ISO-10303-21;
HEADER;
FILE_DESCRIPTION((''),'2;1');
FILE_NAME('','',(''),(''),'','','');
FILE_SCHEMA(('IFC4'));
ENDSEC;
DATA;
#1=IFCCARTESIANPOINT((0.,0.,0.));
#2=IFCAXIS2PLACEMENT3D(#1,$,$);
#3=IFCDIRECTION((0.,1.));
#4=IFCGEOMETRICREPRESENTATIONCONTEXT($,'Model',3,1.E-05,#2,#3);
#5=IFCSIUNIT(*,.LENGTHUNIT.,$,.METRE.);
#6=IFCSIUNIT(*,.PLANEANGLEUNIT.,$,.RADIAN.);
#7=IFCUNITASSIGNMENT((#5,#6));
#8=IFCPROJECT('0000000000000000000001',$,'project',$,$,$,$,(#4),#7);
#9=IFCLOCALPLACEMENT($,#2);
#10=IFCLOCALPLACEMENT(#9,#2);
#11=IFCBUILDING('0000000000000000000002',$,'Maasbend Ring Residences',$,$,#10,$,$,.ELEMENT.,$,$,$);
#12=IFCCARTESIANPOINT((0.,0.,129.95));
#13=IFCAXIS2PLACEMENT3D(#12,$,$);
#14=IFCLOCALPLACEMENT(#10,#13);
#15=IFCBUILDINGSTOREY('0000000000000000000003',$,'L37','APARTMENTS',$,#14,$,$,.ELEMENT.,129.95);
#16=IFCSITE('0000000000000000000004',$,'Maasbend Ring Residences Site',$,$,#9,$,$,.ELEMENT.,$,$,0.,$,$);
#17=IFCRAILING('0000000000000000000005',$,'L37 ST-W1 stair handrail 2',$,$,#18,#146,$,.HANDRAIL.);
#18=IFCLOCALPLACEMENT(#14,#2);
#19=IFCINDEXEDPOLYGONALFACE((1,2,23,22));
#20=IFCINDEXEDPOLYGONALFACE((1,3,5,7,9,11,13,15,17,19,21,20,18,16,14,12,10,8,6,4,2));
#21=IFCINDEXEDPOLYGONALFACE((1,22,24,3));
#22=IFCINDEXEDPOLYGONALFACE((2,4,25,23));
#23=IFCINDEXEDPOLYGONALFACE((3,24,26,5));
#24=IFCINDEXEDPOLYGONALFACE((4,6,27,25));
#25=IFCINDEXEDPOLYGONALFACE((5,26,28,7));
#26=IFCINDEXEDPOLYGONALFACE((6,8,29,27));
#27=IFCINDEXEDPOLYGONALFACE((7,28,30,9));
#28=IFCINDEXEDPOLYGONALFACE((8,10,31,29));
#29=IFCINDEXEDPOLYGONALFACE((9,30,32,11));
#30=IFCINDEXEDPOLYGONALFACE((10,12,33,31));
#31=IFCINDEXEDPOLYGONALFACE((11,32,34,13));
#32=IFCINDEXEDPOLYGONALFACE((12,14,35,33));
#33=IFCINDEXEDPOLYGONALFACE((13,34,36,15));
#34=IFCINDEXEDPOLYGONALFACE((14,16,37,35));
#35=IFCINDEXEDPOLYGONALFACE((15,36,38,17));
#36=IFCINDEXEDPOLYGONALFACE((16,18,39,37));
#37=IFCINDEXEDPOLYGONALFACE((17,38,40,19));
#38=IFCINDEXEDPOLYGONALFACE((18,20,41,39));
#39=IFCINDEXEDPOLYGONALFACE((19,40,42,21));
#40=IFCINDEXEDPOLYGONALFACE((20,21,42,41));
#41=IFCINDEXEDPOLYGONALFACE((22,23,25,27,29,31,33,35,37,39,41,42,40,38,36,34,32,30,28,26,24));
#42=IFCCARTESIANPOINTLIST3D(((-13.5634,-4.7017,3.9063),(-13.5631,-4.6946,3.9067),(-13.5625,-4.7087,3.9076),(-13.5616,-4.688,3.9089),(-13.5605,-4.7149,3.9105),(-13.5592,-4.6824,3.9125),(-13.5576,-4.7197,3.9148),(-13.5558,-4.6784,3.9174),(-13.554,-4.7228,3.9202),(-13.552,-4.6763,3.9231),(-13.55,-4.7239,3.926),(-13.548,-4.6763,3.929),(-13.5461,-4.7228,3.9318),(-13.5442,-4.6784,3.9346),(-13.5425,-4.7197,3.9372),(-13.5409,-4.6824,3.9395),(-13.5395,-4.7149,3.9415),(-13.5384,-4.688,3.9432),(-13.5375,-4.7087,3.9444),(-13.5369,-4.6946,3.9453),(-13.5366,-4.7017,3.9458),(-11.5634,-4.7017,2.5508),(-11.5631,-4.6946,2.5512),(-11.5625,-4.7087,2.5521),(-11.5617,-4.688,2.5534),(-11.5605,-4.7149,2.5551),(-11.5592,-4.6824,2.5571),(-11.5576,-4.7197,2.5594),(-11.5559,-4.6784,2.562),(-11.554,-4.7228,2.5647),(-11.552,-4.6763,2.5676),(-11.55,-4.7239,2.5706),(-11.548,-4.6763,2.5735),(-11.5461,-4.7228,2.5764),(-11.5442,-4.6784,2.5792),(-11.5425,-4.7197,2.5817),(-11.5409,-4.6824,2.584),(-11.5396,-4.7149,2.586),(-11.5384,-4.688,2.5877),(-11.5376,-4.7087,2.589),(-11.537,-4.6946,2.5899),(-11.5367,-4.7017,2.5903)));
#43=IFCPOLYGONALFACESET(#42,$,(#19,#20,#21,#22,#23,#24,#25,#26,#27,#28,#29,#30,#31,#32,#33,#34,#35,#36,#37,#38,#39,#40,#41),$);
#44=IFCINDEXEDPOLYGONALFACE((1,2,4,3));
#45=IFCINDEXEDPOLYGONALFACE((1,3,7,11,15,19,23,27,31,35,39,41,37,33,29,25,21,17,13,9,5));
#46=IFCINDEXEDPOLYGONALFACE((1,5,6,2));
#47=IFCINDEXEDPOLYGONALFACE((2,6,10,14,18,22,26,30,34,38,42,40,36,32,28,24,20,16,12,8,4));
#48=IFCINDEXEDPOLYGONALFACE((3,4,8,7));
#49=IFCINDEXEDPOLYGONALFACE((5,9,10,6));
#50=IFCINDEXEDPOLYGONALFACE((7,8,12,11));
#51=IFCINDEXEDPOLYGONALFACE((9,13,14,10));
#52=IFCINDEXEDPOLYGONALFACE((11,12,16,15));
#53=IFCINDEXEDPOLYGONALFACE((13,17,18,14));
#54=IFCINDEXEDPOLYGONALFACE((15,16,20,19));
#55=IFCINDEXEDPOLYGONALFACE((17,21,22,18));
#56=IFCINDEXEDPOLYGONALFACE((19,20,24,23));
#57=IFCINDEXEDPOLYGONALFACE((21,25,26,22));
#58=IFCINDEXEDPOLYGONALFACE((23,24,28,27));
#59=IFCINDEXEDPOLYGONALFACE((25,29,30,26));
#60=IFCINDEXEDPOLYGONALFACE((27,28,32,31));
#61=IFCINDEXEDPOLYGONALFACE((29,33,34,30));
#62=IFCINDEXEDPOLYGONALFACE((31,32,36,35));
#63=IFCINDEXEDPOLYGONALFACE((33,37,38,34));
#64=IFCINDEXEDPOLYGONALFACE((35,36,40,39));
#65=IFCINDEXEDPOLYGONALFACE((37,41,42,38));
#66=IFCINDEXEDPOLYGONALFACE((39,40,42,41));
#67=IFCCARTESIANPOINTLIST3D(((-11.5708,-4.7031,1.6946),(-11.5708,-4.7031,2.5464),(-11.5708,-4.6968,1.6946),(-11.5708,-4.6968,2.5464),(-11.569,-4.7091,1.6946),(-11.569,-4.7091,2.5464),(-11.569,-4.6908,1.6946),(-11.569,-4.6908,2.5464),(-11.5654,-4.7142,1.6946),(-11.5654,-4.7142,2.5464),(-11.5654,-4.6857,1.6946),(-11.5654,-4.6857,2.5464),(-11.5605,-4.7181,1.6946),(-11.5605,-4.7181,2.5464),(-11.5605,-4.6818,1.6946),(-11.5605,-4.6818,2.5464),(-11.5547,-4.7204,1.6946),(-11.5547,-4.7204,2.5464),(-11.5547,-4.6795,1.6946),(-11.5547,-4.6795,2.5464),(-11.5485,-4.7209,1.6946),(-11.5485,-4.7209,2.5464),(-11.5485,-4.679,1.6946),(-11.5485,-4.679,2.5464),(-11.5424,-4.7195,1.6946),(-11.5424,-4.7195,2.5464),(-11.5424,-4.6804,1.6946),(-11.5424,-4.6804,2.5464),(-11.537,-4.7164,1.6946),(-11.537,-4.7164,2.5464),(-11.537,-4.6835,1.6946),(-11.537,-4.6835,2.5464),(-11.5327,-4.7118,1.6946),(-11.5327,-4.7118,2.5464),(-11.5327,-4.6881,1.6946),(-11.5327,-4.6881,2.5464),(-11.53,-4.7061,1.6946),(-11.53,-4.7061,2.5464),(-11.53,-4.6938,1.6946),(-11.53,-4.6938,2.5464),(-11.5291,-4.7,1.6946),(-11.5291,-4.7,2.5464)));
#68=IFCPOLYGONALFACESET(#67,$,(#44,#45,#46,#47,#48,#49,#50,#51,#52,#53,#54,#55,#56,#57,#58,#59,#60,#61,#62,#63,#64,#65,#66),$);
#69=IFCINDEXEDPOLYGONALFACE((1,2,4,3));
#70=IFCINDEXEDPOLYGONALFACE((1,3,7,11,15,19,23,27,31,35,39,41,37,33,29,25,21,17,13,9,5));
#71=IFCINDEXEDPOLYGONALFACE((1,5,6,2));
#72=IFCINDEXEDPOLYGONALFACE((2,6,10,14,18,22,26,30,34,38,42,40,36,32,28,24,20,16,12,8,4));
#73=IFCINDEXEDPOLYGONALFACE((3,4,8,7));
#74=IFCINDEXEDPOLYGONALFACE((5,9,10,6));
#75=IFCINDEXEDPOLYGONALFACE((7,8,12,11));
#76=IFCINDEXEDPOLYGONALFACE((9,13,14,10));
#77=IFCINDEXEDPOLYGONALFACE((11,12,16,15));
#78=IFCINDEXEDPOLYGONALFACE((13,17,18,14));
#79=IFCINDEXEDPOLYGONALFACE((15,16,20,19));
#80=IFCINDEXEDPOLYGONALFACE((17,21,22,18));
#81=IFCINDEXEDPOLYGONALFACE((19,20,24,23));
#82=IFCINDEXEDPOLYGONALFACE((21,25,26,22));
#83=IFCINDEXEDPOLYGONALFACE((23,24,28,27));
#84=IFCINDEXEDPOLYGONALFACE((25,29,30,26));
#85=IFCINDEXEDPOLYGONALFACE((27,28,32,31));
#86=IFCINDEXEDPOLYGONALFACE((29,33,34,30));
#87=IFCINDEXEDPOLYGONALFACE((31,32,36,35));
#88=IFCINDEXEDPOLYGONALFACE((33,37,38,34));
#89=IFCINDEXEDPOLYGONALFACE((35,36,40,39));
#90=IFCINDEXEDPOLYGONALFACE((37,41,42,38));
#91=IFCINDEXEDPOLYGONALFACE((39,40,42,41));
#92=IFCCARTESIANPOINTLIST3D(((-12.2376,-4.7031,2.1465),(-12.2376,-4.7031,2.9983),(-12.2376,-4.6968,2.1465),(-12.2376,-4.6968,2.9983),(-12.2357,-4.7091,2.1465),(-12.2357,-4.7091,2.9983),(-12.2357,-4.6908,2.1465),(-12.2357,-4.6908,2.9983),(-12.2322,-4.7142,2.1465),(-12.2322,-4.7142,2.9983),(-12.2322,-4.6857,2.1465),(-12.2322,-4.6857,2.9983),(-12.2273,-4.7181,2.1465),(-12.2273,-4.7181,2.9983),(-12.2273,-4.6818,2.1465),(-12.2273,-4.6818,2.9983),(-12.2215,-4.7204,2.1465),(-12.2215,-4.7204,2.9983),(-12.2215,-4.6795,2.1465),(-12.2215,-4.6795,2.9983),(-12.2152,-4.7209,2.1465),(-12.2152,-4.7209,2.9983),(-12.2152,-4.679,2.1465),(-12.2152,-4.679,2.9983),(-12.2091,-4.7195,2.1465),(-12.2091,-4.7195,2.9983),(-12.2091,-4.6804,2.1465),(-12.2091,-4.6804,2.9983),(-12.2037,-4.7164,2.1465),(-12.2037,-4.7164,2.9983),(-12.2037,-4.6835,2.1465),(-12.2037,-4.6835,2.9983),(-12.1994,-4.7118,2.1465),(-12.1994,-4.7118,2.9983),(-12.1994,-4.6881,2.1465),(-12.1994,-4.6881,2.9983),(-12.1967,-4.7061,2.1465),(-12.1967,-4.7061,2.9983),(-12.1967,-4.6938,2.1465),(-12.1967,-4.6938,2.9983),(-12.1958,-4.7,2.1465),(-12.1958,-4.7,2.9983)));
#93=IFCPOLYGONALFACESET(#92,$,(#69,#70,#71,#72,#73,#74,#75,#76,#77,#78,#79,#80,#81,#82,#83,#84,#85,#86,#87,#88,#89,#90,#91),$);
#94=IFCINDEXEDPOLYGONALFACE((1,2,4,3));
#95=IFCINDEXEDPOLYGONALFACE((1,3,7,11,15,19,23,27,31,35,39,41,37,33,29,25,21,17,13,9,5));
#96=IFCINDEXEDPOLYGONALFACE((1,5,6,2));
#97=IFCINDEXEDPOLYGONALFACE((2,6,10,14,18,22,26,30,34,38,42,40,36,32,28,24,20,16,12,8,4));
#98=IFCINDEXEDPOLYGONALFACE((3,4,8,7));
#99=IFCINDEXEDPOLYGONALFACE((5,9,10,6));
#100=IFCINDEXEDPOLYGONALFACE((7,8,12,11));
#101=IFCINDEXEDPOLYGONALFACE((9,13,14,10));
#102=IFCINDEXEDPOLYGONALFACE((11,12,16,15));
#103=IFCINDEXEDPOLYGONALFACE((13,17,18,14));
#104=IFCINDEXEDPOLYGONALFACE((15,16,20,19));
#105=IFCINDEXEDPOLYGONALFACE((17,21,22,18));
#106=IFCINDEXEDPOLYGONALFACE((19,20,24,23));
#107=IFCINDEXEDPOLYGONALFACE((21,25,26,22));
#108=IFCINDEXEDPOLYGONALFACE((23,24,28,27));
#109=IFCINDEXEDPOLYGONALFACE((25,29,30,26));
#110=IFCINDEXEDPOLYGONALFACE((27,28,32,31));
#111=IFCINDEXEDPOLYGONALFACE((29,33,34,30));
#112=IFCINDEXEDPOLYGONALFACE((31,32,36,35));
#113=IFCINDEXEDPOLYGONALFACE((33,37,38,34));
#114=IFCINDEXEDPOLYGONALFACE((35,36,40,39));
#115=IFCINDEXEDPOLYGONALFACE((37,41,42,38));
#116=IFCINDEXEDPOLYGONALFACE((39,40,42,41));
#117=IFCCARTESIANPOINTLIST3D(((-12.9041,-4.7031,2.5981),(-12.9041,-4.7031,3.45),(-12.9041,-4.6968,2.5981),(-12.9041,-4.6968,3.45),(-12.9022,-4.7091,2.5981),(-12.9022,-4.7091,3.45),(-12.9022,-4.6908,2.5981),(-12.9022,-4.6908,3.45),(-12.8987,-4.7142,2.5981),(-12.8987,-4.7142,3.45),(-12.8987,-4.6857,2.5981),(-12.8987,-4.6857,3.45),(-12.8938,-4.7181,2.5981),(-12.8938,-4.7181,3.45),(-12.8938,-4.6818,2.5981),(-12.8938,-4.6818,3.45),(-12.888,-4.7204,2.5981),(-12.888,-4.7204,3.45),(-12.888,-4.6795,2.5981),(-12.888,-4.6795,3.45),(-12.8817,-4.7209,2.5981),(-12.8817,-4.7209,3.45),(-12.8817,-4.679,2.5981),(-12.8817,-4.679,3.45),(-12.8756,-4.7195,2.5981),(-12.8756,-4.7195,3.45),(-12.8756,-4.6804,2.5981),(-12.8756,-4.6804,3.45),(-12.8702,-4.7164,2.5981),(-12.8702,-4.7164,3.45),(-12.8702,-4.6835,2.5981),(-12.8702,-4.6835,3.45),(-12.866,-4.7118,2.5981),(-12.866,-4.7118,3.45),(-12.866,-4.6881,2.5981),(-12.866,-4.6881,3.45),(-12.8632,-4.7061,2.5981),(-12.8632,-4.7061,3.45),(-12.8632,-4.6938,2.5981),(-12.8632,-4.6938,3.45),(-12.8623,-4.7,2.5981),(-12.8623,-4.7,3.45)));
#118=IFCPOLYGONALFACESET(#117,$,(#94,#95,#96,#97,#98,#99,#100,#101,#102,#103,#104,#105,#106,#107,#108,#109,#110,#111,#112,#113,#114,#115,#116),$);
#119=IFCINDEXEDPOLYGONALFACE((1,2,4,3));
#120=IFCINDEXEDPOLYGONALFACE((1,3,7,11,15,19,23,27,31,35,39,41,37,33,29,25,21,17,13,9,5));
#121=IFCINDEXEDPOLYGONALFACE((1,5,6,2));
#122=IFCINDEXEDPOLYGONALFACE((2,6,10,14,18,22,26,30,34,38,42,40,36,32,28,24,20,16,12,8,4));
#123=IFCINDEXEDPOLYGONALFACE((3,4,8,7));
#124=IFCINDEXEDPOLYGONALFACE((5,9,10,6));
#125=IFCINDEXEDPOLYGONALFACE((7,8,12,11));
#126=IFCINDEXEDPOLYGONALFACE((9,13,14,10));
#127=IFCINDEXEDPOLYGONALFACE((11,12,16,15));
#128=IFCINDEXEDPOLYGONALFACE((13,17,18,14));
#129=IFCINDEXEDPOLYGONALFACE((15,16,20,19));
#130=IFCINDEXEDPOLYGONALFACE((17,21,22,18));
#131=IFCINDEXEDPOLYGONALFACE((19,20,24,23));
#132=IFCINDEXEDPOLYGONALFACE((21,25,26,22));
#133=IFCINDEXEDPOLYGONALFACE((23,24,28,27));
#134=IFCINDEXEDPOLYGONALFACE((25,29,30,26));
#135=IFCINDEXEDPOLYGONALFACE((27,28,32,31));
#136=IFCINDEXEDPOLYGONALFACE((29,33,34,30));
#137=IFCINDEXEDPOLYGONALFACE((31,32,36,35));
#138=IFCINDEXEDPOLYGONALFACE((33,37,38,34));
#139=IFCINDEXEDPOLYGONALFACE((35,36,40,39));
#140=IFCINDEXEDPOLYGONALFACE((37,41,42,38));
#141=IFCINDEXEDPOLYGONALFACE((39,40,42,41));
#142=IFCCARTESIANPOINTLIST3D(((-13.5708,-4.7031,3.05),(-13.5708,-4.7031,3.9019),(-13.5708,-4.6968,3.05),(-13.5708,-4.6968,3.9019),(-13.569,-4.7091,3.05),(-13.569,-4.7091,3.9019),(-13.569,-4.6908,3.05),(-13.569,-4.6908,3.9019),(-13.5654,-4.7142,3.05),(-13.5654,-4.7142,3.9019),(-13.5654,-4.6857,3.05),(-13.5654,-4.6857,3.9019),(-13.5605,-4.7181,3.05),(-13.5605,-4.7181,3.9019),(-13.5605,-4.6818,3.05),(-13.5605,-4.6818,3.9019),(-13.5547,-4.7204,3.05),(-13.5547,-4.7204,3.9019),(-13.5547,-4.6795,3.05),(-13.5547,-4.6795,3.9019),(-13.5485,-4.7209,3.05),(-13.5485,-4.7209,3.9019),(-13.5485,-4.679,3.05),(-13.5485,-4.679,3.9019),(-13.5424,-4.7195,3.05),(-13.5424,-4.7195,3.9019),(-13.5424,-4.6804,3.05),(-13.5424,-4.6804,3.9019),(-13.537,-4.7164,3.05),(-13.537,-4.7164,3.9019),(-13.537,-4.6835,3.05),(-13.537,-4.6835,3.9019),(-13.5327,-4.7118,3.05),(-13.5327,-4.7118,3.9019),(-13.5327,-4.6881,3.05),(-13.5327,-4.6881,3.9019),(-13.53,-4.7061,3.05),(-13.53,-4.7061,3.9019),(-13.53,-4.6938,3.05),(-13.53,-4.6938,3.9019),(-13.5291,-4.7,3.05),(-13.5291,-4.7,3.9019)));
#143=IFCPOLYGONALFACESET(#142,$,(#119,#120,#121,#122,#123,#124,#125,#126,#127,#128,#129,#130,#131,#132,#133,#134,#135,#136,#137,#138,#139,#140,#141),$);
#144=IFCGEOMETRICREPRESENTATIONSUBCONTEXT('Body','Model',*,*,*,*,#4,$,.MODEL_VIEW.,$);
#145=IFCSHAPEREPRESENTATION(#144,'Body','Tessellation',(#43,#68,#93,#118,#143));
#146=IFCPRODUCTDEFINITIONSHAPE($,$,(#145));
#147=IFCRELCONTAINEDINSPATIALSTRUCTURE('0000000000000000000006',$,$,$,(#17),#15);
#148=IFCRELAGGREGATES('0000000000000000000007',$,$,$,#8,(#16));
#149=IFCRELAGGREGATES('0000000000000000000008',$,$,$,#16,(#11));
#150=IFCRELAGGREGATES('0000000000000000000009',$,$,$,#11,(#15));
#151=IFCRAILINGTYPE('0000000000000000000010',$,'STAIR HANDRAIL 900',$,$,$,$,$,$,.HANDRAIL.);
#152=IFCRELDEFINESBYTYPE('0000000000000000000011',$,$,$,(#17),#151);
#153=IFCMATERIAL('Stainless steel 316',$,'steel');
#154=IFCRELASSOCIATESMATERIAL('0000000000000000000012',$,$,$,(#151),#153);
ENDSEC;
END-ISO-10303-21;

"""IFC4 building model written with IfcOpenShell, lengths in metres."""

from ifc_helpers import new_model, si_unit, direction, frame, origin, origin_2d, place, context, subcontext, project, spatial, circle, extrude, material, type_object, element, save


model = new_model("IFC4")

# Units and contexts
model_context = context("Model", 3, precision=1e-05, world=origin(), true_north=direction((0.0, 1.0)))
body_context = subcontext(model_context, "Body", "Model", "MODEL_VIEW")
ifc_project = project(units=[si_unit("LENGTHUNIT", "METRE"), si_unit("PLANEANGLEUNIT", "RADIAN")], contexts=[model_context])

# Site, building, storey
site_placement = place(None, origin())
site = spatial("IfcSite", under=ifc_project, at=site_placement, Name="Maasbend Ring Residences Site", CompositionType="ELEMENT", RefElevation=0.0)
building_placement = place(site_placement, origin())
building = spatial("IfcBuilding", under=site, at=building_placement, Name="Maasbend Ring Residences", CompositionType="ELEMENT")
storey_placement = place(building_placement, frame((0.0, 0.0, 129.95)))
storey = spatial("IfcBuildingStorey", under=building, at=storey_placement, Name="L37", Description="APARTMENTS", CompositionType="ELEMENT", Elevation=129.95)

# Railing
ifc_material_1 = material(Name="Stainless steel 316", Category="steel")
railing_type_1 = type_object("IfcRailingType", Name="STAIR HANDRAIL 900", PredefinedType="HANDRAIL", material=ifc_material_1)
railing_1_placement = place(storey_placement, frame((-11.55, -4.7, 1.6946)))
element("IfcRailing", 1, at=railing_1_placement, inside=storey, type_object=railing_type_1, Name="L37 ST-W1 stair handrail 2", PredefinedType="HANDRAIL", context=body_context, shape_type="SweptSolid", body=[
    extrude(circle(Radius=0.0239, at=origin_2d()), frame((0.0, 0.0, 0.876), z_axis=(-0.827798, 0.0, 0.561027), x_axis=(0.0, -1.0, 0.0)), (0.0, 0.0, 1.0), 2.416),
    extrude(circle(Radius=0.021, at=origin_2d()), origin(), (0.0, 0.0, 1.0), 0.8518),
    extrude(circle(Radius=0.021, at=origin_2d()), frame((-0.6667, 0.0, 0.4519)), (0.0, 0.0, 1.0), 0.8518),
    extrude(circle(Radius=0.021, at=origin_2d()), frame((-1.3333, 0.0, 0.9036)), (0.0, 0.0, 1.0), 0.8518),
    extrude(circle(Radius=0.021, at=origin_2d()), frame((-2.0, 0.0, 1.3555)), (0.0, 0.0, 1.0), 0.8518),
])

save(model, "model.ifc")
